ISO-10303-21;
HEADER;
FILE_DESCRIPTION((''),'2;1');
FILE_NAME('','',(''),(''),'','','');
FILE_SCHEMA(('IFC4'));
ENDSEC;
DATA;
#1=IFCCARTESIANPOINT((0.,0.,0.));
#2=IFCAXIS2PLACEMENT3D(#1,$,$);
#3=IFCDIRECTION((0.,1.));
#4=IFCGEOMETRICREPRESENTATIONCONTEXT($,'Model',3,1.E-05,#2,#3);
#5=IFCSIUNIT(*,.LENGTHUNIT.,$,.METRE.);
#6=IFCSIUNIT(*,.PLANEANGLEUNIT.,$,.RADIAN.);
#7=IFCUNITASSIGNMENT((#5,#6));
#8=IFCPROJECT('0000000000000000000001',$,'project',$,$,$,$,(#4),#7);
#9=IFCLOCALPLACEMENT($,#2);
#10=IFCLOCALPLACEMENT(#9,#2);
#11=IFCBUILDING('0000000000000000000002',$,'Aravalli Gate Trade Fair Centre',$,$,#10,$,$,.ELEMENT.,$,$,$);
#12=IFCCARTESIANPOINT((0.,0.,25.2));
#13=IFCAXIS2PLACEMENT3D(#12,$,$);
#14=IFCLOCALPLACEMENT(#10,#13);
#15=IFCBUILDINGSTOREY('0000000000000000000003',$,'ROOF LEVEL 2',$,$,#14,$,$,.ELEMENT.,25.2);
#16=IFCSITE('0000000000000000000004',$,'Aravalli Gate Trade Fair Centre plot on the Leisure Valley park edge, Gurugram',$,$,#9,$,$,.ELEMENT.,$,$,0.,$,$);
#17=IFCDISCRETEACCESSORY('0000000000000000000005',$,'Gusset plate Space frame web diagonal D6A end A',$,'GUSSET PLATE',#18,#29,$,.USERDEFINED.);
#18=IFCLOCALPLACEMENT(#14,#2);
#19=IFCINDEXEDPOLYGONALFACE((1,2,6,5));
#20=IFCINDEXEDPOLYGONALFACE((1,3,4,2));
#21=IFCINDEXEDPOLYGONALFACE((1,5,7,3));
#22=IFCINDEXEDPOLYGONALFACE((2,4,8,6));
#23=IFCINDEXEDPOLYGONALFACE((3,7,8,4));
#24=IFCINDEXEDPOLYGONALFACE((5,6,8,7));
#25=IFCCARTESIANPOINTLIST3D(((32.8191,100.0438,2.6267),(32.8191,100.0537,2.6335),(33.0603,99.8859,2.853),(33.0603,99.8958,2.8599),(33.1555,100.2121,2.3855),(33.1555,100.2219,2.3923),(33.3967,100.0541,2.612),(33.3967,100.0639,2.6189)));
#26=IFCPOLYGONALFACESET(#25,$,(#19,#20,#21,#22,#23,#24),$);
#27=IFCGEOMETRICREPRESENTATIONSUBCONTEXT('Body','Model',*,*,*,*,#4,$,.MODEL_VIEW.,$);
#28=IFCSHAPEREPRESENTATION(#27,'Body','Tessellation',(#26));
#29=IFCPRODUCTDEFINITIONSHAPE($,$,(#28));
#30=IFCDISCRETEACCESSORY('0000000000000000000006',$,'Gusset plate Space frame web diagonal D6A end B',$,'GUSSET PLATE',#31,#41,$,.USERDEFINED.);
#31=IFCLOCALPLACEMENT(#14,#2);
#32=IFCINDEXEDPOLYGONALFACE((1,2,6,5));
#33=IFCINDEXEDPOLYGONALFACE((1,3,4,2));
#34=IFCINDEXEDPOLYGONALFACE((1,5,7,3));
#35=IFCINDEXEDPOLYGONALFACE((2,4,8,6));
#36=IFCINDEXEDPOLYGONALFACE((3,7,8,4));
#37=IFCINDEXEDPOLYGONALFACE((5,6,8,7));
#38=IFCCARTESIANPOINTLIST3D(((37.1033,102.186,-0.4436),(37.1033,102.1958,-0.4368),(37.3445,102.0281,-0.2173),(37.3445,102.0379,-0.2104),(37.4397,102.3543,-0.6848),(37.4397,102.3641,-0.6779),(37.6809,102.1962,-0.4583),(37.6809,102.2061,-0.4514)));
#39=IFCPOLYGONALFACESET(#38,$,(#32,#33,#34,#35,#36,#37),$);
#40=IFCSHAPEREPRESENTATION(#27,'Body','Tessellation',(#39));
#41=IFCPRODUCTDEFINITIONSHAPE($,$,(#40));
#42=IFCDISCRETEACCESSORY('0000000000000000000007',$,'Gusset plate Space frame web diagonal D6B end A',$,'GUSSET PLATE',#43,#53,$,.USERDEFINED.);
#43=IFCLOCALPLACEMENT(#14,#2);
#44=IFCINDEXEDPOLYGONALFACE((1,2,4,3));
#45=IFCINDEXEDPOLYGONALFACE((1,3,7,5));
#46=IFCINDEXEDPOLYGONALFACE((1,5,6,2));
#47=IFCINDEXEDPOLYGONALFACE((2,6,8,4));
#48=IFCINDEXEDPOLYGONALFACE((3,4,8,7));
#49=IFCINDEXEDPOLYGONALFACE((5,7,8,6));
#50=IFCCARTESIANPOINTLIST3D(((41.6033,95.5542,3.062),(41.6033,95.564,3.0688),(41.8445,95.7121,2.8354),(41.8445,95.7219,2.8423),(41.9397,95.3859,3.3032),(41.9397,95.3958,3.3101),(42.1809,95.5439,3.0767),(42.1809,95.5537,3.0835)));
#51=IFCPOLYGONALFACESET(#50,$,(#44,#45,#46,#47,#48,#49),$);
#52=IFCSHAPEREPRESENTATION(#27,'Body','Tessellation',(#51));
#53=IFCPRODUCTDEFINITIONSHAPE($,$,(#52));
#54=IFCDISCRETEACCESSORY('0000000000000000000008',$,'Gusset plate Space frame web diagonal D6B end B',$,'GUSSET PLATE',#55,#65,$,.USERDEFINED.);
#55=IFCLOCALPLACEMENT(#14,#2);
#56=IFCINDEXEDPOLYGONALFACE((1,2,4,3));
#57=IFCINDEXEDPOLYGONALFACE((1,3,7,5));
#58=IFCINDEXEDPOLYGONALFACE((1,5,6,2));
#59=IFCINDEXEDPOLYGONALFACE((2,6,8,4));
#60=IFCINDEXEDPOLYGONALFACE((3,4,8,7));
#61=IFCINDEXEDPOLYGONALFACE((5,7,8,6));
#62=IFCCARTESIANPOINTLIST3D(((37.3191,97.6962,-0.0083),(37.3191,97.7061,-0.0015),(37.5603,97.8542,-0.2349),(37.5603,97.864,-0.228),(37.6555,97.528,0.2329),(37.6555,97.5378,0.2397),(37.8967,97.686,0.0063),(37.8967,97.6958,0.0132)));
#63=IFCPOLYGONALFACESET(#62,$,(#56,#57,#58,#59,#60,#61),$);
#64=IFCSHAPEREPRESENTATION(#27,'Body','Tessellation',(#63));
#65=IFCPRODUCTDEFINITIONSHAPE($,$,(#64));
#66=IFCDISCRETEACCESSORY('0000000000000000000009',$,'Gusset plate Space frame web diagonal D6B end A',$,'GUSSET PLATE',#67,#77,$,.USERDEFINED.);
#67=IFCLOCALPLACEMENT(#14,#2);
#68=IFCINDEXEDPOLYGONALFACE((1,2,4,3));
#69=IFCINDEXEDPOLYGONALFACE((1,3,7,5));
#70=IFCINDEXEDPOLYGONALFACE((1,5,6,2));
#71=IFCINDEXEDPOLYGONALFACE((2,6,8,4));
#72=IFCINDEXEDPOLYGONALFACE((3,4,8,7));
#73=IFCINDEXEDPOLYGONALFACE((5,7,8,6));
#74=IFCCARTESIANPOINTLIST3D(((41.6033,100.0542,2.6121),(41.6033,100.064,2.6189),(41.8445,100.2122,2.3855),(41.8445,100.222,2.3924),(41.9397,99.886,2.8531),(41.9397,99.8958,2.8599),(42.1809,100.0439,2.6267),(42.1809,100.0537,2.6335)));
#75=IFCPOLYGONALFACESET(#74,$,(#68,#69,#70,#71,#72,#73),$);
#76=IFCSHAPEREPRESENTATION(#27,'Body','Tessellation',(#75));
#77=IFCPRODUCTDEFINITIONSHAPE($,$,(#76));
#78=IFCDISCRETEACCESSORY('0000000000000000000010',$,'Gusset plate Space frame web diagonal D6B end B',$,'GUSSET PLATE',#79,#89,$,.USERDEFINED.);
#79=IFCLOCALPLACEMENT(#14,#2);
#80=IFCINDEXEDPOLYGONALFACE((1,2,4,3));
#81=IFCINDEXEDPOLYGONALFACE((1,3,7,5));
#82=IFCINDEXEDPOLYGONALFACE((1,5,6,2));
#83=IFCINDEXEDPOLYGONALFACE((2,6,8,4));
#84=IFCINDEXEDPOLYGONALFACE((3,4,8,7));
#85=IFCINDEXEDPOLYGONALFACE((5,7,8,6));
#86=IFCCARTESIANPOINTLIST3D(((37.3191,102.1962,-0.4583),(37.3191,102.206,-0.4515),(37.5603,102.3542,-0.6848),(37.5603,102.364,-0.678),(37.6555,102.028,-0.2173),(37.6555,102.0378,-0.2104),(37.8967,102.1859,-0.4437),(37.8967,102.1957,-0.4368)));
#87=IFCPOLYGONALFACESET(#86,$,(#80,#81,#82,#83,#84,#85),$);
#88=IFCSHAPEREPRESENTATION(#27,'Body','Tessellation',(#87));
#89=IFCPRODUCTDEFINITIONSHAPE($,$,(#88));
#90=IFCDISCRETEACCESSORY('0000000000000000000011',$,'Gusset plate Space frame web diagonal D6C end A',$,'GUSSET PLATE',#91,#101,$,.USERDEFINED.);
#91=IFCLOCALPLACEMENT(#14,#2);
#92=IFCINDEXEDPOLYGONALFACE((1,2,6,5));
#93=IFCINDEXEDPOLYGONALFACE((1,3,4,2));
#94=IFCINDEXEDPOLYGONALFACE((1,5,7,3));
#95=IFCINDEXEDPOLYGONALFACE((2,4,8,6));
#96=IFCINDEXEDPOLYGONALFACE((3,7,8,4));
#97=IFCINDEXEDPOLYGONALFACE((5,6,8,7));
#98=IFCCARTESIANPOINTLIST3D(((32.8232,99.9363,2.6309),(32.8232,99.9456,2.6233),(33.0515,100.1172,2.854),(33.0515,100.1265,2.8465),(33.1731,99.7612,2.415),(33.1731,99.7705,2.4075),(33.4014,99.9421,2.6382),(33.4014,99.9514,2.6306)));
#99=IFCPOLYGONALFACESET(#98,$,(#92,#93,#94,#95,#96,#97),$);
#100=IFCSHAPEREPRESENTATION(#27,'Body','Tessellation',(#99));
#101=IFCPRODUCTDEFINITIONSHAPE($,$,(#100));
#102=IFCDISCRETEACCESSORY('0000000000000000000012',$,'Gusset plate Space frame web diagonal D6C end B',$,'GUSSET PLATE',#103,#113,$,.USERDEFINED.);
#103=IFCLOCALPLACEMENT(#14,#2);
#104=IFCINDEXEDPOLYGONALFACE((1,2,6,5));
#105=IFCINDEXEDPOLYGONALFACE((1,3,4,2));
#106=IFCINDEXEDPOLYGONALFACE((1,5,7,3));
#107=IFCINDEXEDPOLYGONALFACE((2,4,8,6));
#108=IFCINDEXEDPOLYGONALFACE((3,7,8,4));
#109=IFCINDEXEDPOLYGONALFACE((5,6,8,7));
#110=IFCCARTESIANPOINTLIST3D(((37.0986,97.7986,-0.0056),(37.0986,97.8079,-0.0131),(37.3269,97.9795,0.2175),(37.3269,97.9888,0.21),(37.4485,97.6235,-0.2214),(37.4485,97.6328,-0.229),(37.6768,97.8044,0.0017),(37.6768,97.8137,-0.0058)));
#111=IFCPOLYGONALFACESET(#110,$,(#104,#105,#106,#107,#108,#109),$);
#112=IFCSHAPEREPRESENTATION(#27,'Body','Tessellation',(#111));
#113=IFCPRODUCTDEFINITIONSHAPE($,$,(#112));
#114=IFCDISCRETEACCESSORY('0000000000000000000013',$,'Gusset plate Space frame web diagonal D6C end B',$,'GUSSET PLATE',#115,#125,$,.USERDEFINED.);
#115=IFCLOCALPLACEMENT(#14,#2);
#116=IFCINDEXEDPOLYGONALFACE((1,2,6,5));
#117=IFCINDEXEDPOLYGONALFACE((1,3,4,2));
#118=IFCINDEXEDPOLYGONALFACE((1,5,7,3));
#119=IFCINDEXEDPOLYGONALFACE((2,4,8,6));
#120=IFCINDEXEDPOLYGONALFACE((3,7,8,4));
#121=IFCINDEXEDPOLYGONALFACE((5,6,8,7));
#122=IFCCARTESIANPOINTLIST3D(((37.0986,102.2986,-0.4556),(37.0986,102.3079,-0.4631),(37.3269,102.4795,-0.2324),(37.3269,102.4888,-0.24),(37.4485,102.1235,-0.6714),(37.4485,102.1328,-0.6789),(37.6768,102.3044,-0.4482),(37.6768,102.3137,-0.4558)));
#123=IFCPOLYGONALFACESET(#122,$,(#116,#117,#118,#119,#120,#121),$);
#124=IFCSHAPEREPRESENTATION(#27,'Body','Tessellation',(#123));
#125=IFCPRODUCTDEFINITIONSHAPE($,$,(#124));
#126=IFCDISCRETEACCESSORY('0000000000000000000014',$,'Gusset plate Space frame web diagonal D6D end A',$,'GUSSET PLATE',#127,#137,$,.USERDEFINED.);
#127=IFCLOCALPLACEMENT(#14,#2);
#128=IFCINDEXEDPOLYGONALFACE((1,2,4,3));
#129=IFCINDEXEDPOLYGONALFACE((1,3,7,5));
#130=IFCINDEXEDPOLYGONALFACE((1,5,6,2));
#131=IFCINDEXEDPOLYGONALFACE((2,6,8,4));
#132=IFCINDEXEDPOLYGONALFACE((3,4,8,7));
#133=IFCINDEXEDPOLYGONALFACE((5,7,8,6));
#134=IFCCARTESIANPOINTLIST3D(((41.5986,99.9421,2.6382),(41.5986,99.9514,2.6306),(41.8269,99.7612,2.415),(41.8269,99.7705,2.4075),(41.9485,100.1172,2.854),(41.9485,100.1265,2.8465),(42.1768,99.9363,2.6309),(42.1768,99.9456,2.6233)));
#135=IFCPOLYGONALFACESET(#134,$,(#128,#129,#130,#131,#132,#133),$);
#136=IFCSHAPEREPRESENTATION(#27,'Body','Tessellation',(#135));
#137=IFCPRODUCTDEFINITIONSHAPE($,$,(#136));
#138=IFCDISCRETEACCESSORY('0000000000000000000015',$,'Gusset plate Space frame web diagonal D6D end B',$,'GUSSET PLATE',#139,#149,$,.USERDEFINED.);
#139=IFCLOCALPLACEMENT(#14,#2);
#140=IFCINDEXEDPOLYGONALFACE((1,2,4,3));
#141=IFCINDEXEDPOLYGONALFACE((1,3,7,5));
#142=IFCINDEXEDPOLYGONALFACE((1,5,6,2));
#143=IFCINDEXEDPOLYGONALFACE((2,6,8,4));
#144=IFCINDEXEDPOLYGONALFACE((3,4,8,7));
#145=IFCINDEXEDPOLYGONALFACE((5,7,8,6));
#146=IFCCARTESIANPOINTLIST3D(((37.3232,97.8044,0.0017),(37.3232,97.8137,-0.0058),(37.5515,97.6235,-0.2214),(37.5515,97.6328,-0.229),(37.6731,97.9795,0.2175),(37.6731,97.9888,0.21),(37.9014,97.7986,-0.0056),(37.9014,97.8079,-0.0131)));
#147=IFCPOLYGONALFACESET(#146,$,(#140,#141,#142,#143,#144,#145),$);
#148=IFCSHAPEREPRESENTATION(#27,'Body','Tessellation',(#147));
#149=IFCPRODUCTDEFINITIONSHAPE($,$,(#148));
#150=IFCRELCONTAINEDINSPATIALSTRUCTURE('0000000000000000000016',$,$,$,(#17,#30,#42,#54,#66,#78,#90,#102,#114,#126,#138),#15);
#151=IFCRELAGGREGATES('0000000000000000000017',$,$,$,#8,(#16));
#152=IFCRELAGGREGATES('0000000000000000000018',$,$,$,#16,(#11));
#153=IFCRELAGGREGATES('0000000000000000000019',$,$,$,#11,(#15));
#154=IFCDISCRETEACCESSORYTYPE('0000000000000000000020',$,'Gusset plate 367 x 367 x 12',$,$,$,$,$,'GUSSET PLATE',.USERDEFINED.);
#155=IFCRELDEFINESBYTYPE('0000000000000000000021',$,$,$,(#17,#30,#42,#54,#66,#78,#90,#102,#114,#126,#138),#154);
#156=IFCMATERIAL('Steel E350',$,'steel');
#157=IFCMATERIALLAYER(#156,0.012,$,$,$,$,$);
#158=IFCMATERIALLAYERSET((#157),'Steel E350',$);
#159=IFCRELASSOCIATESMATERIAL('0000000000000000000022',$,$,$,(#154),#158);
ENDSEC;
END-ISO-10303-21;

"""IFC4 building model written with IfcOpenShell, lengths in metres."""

from ifc_helpers import new_model, si_unit, direction, frame, origin, place, context, subcontext, project, spatial, polyline, outline, extrude, material, layer, layer_set, type_object, element, save


model = new_model("IFC4")

# Units and contexts
model_context = context("Model", 3, precision=1e-05, world=origin(), true_north=direction((0.0, 1.0)))
body_context = subcontext(model_context, "Body", "Model", "MODEL_VIEW")
ifc_project = project(units=[si_unit("LENGTHUNIT", "METRE"), si_unit("PLANEANGLEUNIT", "RADIAN")], contexts=[model_context])

# Site, building, storey
site_placement = place(None, origin())
site = spatial("IfcSite", under=ifc_project, at=site_placement, Name="Aravalli Gate Trade Fair Centre plot on the Leisure Valley park edge, Gurugram", CompositionType="ELEMENT", RefElevation=0.0)
building_placement = place(site_placement, origin())
building = spatial("IfcBuilding", under=site, at=building_placement, Name="Aravalli Gate Trade Fair Centre", CompositionType="ELEMENT")
storey_placement = place(building_placement, frame((0.0, 0.0, 25.2)))
storey = spatial("IfcBuildingStorey", under=building, at=storey_placement, Name="ROOF LEVEL 2", CompositionType="ELEMENT", Elevation=25.2)

# Shared definitions
ifc_material = material(Name="Steel E350", Category="steel")

# Discrete accessories
ifc_layer_1 = layer(ifc_material, 0.012)
ifc_layer_set_1 = layer_set([ifc_layer_1], Name="Steel E350")
discrete_accessory_type_1 = type_object("IfcDiscreteAccessoryType", Name="Gusset plate 367 x 367 x 12", ElementType="GUSSET PLATE", PredefinedType="USERDEFINED", material=ifc_layer_set_1)
discrete_accessory_1_placement = place(storey_placement, frame((33.1555, 100.2219, 2.3923), z_axis=(-0.000049, 0.820141, 0.572161), x_axis=(-0.75291, -0.376583, 0.539733)))
element("IfcDiscreteAccessory", 1, at=discrete_accessory_1_placement, inside=storey, type_object=discrete_accessory_type_1, Name="Gusset plate Space frame web diagonal D6A end A", ObjectType="GUSSET PLATE", PredefinedType="USERDEFINED", context=body_context, shape_type="SweptSolid", body=[
    extrude(outline(polyline([(0.0, 0.0), (0.4468, 0.0), (0.4469, 0.3665), (0.0002, 0.3667), (0.0, 0.0)])), origin(), (0.0, 0.0, -1.0), 0.012),
])
discrete_accessory_2_placement = place(storey_placement, frame((37.1033, 102.1958, -0.4368), z_axis=(-0.000049, 0.820141, 0.572161), x_axis=(0.75291, 0.376583, -0.539733)))
element("IfcDiscreteAccessory", 2, at=discrete_accessory_2_placement, inside=storey, type_object=discrete_accessory_type_1, Name="Gusset plate Space frame web diagonal D6A end B", ObjectType="GUSSET PLATE", PredefinedType="USERDEFINED", context=body_context, shape_type="SweptSolid", body=[
    extrude(outline(polyline([(0.0, 0.0), (0.4468, 0.0), (0.4467, -0.3667), (0.0, -0.3665), (0.0, 0.0)])), origin(), (0.0, 0.0, -1.0), 0.012),
])
discrete_accessory_3_placement = place(storey_placement, frame((41.6033, 95.564, 3.0688), z_axis=(0.000057, 0.820282, 0.57196), x_axis=(0.75291, -0.376455, 0.539822)))
element("IfcDiscreteAccessory", 3, at=discrete_accessory_3_placement, inside=storey, type_object=discrete_accessory_type_1, Name="Gusset plate Space frame web diagonal D6B end A", ObjectType="GUSSET PLATE", PredefinedType="USERDEFINED", context=body_context, shape_type="SweptSolid", body=[
    extrude(outline(polyline([(0.0, 0.0), (0.4468, 0.0), (0.4467, 0.3667), (-0.0002, 0.3667), (0.0, 0.0)])), origin(), (0.0, 0.0, -1.0), 0.012),
])
discrete_accessory_4_placement = place(storey_placement, frame((37.6555, 97.5378, 0.2397), z_axis=(0.000057, 0.820282, 0.57196), x_axis=(-0.75291, 0.376455, -0.539822)))
element("IfcDiscreteAccessory", 4, at=discrete_accessory_4_placement, inside=storey, type_object=discrete_accessory_type_1, Name="Gusset plate Space frame web diagonal D6B end B", ObjectType="GUSSET PLATE", PredefinedType="USERDEFINED", context=body_context, shape_type="SweptSolid", body=[
    extrude(outline(polyline([(0.0, 0.0), (0.4468, 0.0), (0.447, -0.3667), (0.0002, -0.3667), (0.0, 0.0)])), origin(), (0.0, 0.0, -1.0), 0.012),
])
discrete_accessory_5_placement = place(storey_placement, frame((41.6033, 100.064, 2.6189), z_axis=(0.000049, 0.820141, 0.572161), x_axis=(0.753132, -0.376438, 0.539524)))
element("IfcDiscreteAccessory", 5, at=discrete_accessory_5_placement, inside=storey, type_object=discrete_accessory_type_1, Name="Gusset plate Space frame web diagonal D6B end A", ObjectType="GUSSET PLATE", PredefinedType="USERDEFINED", context=body_context, shape_type="SweptSolid", body=[
    extrude(outline(polyline([(0.0, 0.0), (0.4467, 0.0), (0.4468, 0.3665), (0.0, 0.3667), (0.0, 0.0)])), origin(), (0.0, 0.0, -1.0), 0.012),
])
discrete_accessory_6_placement = place(storey_placement, frame((37.6555, 102.0378, -0.2104), z_axis=(0.000049, 0.820141, 0.572161), x_axis=(-0.753132, 0.376438, -0.539524)))
element("IfcDiscreteAccessory", 6, at=discrete_accessory_6_placement, inside=storey, type_object=discrete_accessory_type_1, Name="Gusset plate Space frame web diagonal D6B end B", ObjectType="GUSSET PLATE", PredefinedType="USERDEFINED", context=body_context, shape_type="SweptSolid", body=[
    extrude(outline(polyline([(0.0, 0.0), (0.4467, 0.0), (0.4467, -0.3667), (-0.0001, -0.3665), (0.0, 0.0)])), origin(), (0.0, 0.0, -1.0), 0.012),
])
discrete_accessory_7_placement = place(storey_placement, frame((33.1731, 99.7612, 2.415), z_axis=(-0.000107, -0.776736, 0.629826), x_axis=(-0.783044, 0.391795, 0.48305)))
element("IfcDiscreteAccessory", 7, at=discrete_accessory_7_placement, inside=storey, type_object=discrete_accessory_type_1, Name="Gusset plate Space frame web diagonal D6C end A", ObjectType="GUSSET PLATE", PredefinedType="USERDEFINED", context=body_context, shape_type="SweptSolid", body=[
    extrude(outline(polyline([(0.0, 0.0), (0.4468, 0.0), (0.4467, -0.3669), (-0.0001, -0.3669), (0.0, 0.0)])), origin(), (0.0, 0.0, -1.0), 0.012),
])
for number, where, z_axis, x_axis, name in (
    (8, (37.0986, 97.7986, -0.0056), (-0.000107, -0.776736, 0.629826), (0.783044, -0.391795, -0.48305), "Gusset plate Space frame web diagonal D6C end B"),
    (9, (37.0986, 102.2986, -0.4556), (-0.000107, -0.776736, 0.629826), (0.783044, -0.391795, -0.48305), "Gusset plate Space frame web diagonal D6C end B"),
):
    element("IfcDiscreteAccessory", number, at=place(storey_placement, frame(where, z_axis=z_axis, x_axis=x_axis)), inside=storey, type_object=discrete_accessory_type_1, Name=name, ObjectType="GUSSET PLATE", PredefinedType="USERDEFINED", context=body_context, shape_type="SweptSolid", body=[
        extrude(outline(polyline([(0.0, 0.0), (0.4468, 0.0), (0.4469, 0.3669), (0.0001, 0.3669), (0.0, 0.0)])), origin(), (0.0, 0.0, -1.0), 0.012),
    ])
discrete_accessory_8_placement = place(storey_placement, frame((41.5986, 99.9421, 2.6382), z_axis=(0.000107, -0.776736, 0.629826), x_axis=(0.783044, 0.391795, 0.48305)))
element("IfcDiscreteAccessory", 10, at=discrete_accessory_8_placement, inside=storey, type_object=discrete_accessory_type_1, Name="Gusset plate Space frame web diagonal D6D end A", ObjectType="GUSSET PLATE", PredefinedType="USERDEFINED", context=body_context, shape_type="SweptSolid", body=[
    extrude(outline(polyline([(0.0, 0.0), (0.4468, 0.0), (0.4469, -0.3669), (0.0001, -0.3669), (0.0, 0.0)])), origin(), (0.0, 0.0, -1.0), 0.012),
])
discrete_accessory_9_placement = place(storey_placement, frame((37.6731, 97.9795, 0.2175), z_axis=(0.000107, -0.776736, 0.629826), x_axis=(-0.783044, -0.391795, -0.48305)))
element("IfcDiscreteAccessory", 11, at=discrete_accessory_9_placement, inside=storey, type_object=discrete_accessory_type_1, Name="Gusset plate Space frame web diagonal D6D end B", ObjectType="GUSSET PLATE", PredefinedType="USERDEFINED", context=body_context, shape_type="SweptSolid", body=[
    extrude(outline(polyline([(0.0, 0.0), (0.4468, 0.0), (0.4467, 0.3669), (-0.0001, 0.3669), (0.0, 0.0)])), origin(), (0.0, 0.0, -1.0), 0.012),
])

save(model, "model.ifc")
